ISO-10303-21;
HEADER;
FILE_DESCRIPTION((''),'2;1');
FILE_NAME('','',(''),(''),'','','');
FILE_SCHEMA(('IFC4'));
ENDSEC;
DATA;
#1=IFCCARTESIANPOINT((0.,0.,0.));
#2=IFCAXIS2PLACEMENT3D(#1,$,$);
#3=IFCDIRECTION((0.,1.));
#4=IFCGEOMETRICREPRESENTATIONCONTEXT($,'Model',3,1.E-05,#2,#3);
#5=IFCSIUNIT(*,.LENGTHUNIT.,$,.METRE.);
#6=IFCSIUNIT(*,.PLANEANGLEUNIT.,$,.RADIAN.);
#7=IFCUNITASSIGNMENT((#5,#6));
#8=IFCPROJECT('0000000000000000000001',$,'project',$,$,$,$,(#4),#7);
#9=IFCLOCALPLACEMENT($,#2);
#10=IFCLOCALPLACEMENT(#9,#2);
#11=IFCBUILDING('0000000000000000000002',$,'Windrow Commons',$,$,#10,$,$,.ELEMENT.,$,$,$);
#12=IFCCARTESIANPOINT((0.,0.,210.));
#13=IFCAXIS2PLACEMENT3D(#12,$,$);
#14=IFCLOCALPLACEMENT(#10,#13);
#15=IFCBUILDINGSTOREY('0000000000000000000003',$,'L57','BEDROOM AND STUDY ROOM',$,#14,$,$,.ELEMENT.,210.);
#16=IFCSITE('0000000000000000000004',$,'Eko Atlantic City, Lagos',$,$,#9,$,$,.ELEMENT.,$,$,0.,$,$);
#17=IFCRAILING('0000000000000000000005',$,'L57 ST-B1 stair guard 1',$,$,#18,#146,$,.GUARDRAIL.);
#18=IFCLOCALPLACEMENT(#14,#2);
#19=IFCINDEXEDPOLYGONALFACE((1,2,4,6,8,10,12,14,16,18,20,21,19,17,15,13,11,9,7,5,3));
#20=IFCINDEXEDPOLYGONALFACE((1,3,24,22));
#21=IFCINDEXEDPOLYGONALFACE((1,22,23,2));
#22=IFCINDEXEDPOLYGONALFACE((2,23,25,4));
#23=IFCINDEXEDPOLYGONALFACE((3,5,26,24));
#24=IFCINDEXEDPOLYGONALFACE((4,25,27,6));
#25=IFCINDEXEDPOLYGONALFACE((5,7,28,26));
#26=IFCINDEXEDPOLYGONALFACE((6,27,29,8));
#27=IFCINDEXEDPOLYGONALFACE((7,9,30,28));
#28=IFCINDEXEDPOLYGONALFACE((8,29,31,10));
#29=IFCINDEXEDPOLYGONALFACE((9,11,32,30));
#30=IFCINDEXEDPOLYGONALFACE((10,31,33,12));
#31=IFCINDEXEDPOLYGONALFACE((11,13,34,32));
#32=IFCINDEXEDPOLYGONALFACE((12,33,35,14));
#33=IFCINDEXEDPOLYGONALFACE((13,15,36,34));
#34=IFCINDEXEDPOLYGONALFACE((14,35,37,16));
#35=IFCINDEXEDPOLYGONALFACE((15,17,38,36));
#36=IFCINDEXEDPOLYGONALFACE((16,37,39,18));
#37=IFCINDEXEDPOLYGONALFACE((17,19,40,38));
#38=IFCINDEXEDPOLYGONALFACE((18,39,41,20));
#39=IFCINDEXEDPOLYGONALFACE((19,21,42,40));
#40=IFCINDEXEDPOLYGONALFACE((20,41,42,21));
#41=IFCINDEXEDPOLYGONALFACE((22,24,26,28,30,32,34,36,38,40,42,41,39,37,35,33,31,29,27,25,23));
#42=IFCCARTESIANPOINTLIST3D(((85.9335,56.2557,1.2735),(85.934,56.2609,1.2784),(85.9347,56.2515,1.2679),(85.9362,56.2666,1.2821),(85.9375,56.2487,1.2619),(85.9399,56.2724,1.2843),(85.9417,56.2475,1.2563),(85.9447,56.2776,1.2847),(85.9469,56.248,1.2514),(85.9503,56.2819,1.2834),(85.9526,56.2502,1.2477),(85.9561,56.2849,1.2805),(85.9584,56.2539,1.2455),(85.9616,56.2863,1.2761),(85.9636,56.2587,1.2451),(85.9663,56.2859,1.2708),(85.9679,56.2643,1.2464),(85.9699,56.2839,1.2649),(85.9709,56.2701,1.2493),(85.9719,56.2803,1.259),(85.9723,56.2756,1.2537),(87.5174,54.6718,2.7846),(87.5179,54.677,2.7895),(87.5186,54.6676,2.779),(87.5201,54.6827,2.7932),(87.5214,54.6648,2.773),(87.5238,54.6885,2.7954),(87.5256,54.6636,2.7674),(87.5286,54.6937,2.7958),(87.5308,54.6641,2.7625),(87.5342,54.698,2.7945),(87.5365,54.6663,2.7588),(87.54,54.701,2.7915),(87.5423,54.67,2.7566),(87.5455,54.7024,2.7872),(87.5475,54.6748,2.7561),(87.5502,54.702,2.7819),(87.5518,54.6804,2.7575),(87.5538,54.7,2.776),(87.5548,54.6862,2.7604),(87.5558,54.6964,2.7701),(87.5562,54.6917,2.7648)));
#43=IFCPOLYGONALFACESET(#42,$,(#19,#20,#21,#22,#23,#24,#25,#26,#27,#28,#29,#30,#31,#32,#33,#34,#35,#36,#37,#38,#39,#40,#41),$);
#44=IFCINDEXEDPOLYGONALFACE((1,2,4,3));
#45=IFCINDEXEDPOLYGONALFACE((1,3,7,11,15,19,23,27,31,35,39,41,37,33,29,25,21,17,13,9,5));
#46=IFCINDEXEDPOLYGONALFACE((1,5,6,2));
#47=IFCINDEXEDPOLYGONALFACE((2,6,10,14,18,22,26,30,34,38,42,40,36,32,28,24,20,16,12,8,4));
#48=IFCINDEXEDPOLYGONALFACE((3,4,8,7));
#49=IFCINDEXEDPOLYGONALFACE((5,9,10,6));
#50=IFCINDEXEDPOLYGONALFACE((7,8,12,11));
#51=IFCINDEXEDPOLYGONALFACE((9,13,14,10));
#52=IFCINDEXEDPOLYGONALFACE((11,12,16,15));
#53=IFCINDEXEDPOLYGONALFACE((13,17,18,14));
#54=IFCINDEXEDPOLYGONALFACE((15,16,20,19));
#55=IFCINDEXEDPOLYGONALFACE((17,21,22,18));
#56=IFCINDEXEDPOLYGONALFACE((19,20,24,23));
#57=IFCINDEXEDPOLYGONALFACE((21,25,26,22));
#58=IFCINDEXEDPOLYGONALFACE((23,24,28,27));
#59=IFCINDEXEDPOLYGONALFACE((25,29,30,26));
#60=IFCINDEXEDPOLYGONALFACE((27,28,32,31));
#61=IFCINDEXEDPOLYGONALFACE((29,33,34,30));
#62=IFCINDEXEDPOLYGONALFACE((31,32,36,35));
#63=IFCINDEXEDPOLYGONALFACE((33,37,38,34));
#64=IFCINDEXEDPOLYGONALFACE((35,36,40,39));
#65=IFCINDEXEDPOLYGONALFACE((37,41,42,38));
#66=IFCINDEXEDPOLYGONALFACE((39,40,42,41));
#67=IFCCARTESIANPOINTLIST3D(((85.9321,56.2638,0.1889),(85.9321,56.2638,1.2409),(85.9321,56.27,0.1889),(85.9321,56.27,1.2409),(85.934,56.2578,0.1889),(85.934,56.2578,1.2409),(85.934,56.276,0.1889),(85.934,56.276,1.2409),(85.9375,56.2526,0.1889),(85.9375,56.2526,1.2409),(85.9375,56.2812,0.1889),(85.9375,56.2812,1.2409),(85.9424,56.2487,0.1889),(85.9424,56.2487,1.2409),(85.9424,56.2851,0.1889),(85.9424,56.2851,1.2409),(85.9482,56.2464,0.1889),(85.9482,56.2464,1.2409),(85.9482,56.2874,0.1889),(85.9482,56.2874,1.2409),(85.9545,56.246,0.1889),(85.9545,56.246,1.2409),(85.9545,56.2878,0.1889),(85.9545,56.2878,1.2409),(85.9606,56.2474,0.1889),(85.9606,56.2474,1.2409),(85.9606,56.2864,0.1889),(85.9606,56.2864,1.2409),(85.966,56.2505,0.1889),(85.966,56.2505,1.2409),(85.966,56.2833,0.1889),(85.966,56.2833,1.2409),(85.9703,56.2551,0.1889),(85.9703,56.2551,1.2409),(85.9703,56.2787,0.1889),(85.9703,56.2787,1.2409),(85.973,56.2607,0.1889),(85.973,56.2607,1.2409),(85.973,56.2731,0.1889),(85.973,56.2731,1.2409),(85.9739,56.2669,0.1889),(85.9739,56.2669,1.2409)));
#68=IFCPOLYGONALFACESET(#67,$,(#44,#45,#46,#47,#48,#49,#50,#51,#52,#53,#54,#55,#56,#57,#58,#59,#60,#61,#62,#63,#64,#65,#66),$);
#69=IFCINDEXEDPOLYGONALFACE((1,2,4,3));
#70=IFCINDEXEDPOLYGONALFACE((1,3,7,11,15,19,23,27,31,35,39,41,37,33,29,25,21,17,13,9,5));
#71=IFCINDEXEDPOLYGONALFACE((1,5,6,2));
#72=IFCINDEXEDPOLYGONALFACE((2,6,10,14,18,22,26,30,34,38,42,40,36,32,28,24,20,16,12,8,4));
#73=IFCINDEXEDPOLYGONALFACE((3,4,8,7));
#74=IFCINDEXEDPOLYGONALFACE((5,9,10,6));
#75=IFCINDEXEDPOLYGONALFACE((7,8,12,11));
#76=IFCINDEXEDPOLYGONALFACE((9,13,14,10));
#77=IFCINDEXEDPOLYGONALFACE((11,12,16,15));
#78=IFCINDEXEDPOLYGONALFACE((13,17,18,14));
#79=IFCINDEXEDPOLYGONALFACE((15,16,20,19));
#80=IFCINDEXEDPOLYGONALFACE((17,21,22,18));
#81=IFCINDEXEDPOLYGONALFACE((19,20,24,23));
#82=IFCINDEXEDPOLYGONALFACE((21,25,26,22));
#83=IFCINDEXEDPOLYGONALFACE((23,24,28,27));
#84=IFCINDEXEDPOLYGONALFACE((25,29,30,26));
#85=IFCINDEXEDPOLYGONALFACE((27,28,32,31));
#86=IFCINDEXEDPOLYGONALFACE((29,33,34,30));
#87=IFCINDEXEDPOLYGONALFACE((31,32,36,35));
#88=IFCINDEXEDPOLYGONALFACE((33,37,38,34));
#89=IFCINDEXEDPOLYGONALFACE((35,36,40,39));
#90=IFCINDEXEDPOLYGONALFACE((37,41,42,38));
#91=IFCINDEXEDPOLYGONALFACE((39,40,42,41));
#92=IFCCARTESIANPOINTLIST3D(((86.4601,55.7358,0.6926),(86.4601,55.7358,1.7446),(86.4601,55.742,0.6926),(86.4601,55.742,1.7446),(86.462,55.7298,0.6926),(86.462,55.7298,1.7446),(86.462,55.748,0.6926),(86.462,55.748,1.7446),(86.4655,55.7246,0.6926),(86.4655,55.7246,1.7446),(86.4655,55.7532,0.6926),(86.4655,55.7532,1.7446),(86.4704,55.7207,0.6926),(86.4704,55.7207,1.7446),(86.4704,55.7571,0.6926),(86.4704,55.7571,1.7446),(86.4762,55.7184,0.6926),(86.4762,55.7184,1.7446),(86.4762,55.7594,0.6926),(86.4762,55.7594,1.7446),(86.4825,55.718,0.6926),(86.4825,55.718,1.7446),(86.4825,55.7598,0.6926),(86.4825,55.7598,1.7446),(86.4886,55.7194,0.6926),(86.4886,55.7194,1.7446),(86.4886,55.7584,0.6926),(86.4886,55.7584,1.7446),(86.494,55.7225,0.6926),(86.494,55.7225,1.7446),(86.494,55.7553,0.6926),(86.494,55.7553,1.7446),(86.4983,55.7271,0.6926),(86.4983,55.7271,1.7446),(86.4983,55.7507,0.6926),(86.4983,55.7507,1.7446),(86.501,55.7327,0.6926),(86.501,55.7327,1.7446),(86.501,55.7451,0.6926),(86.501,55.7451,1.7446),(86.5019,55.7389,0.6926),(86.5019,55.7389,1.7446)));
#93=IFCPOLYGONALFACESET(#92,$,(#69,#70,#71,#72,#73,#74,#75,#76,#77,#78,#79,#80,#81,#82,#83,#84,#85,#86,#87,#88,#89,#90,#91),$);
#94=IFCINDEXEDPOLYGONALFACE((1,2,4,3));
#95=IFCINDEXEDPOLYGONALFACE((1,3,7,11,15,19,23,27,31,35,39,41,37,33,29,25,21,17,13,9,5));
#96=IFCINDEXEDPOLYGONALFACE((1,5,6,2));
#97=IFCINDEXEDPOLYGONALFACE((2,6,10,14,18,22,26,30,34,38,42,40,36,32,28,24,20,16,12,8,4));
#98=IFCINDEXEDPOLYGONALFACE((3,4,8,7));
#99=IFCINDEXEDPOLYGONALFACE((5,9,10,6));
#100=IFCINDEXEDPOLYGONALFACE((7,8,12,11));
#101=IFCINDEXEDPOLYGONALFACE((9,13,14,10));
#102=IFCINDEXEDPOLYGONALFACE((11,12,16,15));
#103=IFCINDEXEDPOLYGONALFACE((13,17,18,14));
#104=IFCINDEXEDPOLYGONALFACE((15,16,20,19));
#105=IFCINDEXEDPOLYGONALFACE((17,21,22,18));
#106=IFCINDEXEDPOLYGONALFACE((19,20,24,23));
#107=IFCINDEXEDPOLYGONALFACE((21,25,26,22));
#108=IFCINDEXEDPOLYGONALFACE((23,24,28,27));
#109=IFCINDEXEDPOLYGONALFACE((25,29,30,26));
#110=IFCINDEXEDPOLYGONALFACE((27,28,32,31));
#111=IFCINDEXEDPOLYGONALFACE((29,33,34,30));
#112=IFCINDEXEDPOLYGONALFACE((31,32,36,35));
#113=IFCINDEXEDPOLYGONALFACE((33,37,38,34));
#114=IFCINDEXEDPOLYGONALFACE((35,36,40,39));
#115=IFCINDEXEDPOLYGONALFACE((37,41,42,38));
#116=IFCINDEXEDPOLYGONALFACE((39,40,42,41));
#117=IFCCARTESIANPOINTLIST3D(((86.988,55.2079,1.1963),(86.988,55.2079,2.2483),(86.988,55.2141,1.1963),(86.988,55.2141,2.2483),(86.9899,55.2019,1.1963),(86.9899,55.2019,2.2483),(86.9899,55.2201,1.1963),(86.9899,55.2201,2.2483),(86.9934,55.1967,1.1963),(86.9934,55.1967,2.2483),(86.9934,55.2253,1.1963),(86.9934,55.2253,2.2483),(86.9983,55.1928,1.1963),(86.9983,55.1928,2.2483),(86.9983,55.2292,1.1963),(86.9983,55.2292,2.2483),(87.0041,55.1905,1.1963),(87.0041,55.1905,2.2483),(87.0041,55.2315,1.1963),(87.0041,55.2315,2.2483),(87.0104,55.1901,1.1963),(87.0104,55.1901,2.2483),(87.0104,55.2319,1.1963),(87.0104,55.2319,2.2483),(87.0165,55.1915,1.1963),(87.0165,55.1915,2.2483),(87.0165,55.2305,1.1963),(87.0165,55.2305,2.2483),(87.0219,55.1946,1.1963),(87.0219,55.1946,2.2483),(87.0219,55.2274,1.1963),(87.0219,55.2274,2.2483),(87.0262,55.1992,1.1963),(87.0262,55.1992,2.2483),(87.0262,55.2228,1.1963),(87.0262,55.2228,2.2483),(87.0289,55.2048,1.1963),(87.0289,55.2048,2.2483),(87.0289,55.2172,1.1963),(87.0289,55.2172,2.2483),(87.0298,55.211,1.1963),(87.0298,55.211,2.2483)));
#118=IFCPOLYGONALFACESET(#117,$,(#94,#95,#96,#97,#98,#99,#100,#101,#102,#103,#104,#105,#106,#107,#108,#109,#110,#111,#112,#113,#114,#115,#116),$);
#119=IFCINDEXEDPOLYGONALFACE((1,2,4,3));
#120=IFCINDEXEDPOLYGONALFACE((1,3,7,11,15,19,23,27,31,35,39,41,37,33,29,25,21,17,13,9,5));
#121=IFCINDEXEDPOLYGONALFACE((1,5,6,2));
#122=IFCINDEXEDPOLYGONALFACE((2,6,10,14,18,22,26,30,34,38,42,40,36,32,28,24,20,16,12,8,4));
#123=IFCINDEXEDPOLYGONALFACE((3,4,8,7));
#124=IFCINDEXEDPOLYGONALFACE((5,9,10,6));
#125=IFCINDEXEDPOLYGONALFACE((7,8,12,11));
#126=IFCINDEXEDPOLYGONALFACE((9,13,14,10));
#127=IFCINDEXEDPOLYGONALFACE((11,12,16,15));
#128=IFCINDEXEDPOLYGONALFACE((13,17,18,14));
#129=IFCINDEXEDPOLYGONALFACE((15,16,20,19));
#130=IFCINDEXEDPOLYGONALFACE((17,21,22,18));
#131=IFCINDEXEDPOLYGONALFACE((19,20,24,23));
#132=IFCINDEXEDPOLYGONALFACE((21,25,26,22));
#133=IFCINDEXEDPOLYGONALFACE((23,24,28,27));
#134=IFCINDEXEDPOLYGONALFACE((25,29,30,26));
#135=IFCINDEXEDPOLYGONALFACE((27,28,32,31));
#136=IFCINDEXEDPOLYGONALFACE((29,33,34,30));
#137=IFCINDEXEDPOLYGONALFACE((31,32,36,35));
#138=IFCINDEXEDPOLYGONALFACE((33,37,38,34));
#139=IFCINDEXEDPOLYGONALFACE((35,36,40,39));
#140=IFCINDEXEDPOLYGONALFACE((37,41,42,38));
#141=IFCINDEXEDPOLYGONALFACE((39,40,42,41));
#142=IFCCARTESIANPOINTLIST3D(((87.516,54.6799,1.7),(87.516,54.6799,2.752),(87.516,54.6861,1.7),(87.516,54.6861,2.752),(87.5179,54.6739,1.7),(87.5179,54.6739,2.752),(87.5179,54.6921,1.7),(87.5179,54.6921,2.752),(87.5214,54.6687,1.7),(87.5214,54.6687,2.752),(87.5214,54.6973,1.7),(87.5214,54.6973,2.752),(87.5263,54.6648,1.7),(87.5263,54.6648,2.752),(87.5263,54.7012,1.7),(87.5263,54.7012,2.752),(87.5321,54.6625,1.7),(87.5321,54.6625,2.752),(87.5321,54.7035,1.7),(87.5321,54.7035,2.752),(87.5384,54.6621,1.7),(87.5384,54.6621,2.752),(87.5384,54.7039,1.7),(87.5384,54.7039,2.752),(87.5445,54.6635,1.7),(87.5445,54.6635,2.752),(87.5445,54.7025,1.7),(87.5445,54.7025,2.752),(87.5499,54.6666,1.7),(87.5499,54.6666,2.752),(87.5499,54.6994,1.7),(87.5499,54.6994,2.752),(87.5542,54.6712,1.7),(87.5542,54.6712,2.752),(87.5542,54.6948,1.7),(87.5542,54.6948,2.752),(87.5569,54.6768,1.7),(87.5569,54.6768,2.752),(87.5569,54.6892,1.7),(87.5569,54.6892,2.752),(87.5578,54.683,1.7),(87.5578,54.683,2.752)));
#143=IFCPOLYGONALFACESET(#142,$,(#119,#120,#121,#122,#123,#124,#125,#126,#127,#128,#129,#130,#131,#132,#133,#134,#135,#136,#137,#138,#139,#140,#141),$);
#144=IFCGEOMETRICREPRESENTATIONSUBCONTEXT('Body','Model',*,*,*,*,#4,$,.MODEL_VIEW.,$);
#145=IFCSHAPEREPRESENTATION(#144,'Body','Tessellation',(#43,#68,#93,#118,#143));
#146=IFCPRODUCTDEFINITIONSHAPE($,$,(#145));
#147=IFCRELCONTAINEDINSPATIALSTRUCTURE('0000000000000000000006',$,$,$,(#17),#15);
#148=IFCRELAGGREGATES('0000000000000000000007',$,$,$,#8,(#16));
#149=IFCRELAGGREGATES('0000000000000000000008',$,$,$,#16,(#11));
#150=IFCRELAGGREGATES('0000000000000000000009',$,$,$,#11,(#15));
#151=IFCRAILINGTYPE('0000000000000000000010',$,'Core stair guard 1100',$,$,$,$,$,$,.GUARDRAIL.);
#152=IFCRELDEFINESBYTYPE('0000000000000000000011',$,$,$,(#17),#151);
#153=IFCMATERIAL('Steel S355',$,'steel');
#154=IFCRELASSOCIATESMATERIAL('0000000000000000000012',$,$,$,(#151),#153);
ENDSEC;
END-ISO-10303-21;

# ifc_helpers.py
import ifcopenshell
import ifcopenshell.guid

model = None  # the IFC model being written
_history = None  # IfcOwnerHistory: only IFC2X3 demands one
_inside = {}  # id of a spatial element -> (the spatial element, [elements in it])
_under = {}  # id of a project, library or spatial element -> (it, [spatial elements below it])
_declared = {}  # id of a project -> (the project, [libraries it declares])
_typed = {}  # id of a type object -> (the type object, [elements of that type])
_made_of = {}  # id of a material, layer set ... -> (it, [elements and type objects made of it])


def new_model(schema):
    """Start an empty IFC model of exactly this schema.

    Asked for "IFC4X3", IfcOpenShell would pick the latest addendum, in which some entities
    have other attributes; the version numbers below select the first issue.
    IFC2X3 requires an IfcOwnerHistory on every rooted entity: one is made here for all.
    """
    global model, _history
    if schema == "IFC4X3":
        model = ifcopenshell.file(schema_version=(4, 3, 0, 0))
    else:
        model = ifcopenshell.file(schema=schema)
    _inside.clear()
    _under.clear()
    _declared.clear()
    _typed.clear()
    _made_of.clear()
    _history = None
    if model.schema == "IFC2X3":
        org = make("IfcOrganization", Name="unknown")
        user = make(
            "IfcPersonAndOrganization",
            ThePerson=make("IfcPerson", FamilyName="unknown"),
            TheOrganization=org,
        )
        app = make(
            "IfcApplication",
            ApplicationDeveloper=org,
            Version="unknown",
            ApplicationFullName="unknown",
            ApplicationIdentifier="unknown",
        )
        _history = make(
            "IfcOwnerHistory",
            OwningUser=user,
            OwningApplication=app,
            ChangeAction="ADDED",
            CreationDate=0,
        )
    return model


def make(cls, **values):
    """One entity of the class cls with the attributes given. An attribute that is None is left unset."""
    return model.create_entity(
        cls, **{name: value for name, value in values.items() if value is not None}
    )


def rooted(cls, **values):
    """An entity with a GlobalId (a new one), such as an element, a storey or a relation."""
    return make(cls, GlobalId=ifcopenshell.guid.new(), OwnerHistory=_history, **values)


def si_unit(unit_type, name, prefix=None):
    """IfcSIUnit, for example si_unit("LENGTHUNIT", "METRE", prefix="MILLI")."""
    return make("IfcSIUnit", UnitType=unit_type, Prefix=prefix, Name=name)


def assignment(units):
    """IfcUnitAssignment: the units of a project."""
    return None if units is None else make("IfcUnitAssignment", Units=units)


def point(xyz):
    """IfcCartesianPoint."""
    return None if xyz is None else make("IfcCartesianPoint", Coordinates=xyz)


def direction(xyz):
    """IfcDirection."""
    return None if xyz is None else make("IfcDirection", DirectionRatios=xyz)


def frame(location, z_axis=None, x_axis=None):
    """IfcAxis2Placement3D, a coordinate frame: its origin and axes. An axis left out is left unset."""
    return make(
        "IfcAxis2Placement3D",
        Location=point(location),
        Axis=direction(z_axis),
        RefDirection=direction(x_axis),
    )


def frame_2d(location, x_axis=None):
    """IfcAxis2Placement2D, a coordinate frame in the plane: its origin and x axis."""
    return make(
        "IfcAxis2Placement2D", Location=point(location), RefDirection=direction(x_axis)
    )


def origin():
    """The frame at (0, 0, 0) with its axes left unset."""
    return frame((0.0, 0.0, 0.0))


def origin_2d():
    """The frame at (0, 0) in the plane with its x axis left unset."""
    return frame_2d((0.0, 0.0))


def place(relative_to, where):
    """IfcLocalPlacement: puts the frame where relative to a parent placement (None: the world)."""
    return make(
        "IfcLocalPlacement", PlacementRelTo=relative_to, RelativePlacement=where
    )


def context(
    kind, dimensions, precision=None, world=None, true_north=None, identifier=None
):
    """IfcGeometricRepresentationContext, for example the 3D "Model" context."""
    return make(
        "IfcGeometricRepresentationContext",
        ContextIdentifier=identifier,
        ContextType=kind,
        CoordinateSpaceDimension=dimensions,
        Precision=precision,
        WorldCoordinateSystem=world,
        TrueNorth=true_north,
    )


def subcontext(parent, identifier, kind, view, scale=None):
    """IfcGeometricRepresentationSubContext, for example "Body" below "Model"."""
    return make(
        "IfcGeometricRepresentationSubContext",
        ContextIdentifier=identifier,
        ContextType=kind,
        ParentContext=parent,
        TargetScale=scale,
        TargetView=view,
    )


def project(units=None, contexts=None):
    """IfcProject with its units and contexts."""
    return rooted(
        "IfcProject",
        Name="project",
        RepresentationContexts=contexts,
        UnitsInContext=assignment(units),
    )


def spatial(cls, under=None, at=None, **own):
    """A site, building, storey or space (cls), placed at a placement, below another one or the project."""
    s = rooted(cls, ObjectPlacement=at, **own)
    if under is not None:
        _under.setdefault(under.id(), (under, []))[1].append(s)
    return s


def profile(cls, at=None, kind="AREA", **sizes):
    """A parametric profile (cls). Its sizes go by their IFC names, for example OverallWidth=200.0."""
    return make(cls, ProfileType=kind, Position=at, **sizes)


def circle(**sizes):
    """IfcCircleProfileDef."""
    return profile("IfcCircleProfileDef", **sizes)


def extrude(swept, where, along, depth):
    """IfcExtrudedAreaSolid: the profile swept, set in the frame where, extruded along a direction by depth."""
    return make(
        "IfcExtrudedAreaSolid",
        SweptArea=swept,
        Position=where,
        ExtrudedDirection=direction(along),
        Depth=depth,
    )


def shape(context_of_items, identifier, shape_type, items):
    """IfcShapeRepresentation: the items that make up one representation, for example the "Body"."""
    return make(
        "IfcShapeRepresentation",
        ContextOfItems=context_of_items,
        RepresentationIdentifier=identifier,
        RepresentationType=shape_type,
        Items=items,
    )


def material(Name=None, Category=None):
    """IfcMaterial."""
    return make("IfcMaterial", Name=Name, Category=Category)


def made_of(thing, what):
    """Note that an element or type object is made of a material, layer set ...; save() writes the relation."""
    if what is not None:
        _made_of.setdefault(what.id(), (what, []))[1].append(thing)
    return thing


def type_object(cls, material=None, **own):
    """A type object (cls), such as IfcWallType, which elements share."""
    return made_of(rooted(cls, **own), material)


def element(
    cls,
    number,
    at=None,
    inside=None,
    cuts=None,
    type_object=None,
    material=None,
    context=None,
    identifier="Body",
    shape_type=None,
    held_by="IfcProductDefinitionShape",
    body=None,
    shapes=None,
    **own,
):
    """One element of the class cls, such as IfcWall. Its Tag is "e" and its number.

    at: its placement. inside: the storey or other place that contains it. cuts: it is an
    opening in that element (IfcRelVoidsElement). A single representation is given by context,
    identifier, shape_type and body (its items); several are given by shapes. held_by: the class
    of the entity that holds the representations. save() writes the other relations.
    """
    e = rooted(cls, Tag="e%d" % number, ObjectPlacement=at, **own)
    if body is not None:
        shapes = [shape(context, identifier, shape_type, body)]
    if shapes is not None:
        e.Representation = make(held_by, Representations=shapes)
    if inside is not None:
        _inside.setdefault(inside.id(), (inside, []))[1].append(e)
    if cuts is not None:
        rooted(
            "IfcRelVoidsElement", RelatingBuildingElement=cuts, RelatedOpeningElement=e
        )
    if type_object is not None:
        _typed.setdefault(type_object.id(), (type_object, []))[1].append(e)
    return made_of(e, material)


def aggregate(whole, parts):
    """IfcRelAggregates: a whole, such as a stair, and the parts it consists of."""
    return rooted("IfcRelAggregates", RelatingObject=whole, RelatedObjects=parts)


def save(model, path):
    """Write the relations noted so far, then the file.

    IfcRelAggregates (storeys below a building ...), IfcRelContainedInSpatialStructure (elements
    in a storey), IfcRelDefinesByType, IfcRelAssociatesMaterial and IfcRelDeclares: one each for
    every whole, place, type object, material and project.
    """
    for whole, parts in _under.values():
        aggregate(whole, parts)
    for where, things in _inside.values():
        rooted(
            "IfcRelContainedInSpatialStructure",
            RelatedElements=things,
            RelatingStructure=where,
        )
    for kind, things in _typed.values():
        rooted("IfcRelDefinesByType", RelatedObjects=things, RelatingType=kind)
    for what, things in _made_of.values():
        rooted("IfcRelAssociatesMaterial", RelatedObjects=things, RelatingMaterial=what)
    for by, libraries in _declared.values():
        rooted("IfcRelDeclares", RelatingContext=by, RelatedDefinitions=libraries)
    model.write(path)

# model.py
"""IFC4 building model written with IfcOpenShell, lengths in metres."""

from ifc_helpers import new_model, si_unit, direction, frame, origin, origin_2d, place, context, subcontext, project, spatial, circle, extrude, material, type_object, element, save


model = new_model("IFC4")

# Units and contexts
model_context = context("Model", 3, precision=1e-05, world=origin(), true_north=direction((0.0, 1.0)))
body_context = subcontext(model_context, "Body", "Model", "MODEL_VIEW")
ifc_project = project(units=[si_unit("LENGTHUNIT", "METRE"), si_unit("PLANEANGLEUNIT", "RADIAN")], contexts=[model_context])

# Site, building, storey
site_placement = place(None, origin())
site = spatial("IfcSite", under=ifc_project, at=site_placement, Name="Eko Atlantic City, Lagos", CompositionType="ELEMENT", RefElevation=0.0)
building_placement = place(site_placement, origin())
building = spatial("IfcBuilding", under=site, at=building_placement, Name="Windrow Commons", CompositionType="ELEMENT")
storey_placement = place(building_placement, frame((0.0, 0.0, 210.0)))
storey = spatial("IfcBuildingStorey", under=building, at=storey_placement, Name="L57", Description="BEDROOM AND STUDY ROOM", CompositionType="ELEMENT", Elevation=210.0)

# Railing
ifc_material_1 = material(Name="Steel S355", Category="steel")
railing_type_1 = type_object("IfcRailingType", Name="Core stair guard 1100", PredefinedType="GUARDRAIL", material=ifc_material_1)
railing_1_placement = place(storey_placement, frame((85.9529, 56.2669, 0.1889)))
element("IfcRailing", 1, at=railing_1_placement, inside=storey, type_object=railing_type_1, Name="L57 ST-B1 stair guard 1", PredefinedType="GUARDRAIL", context=body_context, shape_type="SweptSolid", body=[
    extrude(circle(Radius=0.024, at=origin_2d()), frame((0.0, 0.0, 1.076), z_axis=(0.586191, -0.586191, 0.559249), x_axis=(0.707107, 0.707107, 0.0)), (0.0, 0.0, 1.0), 2.702),
    extrude(circle(Radius=0.021, at=origin_2d()), origin(), (0.0, 0.0, 1.0), 1.052),
    extrude(circle(Radius=0.021, at=origin_2d()), frame((0.528, -0.528, 0.5037)), (0.0, 0.0, 1.0), 1.052),
    extrude(circle(Radius=0.021, at=origin_2d()), frame((1.0559, -1.0559, 1.0074)), (0.0, 0.0, 1.0), 1.052),
    extrude(circle(Radius=0.021, at=origin_2d()), frame((1.5839, -1.5839, 1.5111)), (0.0, 0.0, 1.0), 1.052),
])

save(model, "model.ifc")
